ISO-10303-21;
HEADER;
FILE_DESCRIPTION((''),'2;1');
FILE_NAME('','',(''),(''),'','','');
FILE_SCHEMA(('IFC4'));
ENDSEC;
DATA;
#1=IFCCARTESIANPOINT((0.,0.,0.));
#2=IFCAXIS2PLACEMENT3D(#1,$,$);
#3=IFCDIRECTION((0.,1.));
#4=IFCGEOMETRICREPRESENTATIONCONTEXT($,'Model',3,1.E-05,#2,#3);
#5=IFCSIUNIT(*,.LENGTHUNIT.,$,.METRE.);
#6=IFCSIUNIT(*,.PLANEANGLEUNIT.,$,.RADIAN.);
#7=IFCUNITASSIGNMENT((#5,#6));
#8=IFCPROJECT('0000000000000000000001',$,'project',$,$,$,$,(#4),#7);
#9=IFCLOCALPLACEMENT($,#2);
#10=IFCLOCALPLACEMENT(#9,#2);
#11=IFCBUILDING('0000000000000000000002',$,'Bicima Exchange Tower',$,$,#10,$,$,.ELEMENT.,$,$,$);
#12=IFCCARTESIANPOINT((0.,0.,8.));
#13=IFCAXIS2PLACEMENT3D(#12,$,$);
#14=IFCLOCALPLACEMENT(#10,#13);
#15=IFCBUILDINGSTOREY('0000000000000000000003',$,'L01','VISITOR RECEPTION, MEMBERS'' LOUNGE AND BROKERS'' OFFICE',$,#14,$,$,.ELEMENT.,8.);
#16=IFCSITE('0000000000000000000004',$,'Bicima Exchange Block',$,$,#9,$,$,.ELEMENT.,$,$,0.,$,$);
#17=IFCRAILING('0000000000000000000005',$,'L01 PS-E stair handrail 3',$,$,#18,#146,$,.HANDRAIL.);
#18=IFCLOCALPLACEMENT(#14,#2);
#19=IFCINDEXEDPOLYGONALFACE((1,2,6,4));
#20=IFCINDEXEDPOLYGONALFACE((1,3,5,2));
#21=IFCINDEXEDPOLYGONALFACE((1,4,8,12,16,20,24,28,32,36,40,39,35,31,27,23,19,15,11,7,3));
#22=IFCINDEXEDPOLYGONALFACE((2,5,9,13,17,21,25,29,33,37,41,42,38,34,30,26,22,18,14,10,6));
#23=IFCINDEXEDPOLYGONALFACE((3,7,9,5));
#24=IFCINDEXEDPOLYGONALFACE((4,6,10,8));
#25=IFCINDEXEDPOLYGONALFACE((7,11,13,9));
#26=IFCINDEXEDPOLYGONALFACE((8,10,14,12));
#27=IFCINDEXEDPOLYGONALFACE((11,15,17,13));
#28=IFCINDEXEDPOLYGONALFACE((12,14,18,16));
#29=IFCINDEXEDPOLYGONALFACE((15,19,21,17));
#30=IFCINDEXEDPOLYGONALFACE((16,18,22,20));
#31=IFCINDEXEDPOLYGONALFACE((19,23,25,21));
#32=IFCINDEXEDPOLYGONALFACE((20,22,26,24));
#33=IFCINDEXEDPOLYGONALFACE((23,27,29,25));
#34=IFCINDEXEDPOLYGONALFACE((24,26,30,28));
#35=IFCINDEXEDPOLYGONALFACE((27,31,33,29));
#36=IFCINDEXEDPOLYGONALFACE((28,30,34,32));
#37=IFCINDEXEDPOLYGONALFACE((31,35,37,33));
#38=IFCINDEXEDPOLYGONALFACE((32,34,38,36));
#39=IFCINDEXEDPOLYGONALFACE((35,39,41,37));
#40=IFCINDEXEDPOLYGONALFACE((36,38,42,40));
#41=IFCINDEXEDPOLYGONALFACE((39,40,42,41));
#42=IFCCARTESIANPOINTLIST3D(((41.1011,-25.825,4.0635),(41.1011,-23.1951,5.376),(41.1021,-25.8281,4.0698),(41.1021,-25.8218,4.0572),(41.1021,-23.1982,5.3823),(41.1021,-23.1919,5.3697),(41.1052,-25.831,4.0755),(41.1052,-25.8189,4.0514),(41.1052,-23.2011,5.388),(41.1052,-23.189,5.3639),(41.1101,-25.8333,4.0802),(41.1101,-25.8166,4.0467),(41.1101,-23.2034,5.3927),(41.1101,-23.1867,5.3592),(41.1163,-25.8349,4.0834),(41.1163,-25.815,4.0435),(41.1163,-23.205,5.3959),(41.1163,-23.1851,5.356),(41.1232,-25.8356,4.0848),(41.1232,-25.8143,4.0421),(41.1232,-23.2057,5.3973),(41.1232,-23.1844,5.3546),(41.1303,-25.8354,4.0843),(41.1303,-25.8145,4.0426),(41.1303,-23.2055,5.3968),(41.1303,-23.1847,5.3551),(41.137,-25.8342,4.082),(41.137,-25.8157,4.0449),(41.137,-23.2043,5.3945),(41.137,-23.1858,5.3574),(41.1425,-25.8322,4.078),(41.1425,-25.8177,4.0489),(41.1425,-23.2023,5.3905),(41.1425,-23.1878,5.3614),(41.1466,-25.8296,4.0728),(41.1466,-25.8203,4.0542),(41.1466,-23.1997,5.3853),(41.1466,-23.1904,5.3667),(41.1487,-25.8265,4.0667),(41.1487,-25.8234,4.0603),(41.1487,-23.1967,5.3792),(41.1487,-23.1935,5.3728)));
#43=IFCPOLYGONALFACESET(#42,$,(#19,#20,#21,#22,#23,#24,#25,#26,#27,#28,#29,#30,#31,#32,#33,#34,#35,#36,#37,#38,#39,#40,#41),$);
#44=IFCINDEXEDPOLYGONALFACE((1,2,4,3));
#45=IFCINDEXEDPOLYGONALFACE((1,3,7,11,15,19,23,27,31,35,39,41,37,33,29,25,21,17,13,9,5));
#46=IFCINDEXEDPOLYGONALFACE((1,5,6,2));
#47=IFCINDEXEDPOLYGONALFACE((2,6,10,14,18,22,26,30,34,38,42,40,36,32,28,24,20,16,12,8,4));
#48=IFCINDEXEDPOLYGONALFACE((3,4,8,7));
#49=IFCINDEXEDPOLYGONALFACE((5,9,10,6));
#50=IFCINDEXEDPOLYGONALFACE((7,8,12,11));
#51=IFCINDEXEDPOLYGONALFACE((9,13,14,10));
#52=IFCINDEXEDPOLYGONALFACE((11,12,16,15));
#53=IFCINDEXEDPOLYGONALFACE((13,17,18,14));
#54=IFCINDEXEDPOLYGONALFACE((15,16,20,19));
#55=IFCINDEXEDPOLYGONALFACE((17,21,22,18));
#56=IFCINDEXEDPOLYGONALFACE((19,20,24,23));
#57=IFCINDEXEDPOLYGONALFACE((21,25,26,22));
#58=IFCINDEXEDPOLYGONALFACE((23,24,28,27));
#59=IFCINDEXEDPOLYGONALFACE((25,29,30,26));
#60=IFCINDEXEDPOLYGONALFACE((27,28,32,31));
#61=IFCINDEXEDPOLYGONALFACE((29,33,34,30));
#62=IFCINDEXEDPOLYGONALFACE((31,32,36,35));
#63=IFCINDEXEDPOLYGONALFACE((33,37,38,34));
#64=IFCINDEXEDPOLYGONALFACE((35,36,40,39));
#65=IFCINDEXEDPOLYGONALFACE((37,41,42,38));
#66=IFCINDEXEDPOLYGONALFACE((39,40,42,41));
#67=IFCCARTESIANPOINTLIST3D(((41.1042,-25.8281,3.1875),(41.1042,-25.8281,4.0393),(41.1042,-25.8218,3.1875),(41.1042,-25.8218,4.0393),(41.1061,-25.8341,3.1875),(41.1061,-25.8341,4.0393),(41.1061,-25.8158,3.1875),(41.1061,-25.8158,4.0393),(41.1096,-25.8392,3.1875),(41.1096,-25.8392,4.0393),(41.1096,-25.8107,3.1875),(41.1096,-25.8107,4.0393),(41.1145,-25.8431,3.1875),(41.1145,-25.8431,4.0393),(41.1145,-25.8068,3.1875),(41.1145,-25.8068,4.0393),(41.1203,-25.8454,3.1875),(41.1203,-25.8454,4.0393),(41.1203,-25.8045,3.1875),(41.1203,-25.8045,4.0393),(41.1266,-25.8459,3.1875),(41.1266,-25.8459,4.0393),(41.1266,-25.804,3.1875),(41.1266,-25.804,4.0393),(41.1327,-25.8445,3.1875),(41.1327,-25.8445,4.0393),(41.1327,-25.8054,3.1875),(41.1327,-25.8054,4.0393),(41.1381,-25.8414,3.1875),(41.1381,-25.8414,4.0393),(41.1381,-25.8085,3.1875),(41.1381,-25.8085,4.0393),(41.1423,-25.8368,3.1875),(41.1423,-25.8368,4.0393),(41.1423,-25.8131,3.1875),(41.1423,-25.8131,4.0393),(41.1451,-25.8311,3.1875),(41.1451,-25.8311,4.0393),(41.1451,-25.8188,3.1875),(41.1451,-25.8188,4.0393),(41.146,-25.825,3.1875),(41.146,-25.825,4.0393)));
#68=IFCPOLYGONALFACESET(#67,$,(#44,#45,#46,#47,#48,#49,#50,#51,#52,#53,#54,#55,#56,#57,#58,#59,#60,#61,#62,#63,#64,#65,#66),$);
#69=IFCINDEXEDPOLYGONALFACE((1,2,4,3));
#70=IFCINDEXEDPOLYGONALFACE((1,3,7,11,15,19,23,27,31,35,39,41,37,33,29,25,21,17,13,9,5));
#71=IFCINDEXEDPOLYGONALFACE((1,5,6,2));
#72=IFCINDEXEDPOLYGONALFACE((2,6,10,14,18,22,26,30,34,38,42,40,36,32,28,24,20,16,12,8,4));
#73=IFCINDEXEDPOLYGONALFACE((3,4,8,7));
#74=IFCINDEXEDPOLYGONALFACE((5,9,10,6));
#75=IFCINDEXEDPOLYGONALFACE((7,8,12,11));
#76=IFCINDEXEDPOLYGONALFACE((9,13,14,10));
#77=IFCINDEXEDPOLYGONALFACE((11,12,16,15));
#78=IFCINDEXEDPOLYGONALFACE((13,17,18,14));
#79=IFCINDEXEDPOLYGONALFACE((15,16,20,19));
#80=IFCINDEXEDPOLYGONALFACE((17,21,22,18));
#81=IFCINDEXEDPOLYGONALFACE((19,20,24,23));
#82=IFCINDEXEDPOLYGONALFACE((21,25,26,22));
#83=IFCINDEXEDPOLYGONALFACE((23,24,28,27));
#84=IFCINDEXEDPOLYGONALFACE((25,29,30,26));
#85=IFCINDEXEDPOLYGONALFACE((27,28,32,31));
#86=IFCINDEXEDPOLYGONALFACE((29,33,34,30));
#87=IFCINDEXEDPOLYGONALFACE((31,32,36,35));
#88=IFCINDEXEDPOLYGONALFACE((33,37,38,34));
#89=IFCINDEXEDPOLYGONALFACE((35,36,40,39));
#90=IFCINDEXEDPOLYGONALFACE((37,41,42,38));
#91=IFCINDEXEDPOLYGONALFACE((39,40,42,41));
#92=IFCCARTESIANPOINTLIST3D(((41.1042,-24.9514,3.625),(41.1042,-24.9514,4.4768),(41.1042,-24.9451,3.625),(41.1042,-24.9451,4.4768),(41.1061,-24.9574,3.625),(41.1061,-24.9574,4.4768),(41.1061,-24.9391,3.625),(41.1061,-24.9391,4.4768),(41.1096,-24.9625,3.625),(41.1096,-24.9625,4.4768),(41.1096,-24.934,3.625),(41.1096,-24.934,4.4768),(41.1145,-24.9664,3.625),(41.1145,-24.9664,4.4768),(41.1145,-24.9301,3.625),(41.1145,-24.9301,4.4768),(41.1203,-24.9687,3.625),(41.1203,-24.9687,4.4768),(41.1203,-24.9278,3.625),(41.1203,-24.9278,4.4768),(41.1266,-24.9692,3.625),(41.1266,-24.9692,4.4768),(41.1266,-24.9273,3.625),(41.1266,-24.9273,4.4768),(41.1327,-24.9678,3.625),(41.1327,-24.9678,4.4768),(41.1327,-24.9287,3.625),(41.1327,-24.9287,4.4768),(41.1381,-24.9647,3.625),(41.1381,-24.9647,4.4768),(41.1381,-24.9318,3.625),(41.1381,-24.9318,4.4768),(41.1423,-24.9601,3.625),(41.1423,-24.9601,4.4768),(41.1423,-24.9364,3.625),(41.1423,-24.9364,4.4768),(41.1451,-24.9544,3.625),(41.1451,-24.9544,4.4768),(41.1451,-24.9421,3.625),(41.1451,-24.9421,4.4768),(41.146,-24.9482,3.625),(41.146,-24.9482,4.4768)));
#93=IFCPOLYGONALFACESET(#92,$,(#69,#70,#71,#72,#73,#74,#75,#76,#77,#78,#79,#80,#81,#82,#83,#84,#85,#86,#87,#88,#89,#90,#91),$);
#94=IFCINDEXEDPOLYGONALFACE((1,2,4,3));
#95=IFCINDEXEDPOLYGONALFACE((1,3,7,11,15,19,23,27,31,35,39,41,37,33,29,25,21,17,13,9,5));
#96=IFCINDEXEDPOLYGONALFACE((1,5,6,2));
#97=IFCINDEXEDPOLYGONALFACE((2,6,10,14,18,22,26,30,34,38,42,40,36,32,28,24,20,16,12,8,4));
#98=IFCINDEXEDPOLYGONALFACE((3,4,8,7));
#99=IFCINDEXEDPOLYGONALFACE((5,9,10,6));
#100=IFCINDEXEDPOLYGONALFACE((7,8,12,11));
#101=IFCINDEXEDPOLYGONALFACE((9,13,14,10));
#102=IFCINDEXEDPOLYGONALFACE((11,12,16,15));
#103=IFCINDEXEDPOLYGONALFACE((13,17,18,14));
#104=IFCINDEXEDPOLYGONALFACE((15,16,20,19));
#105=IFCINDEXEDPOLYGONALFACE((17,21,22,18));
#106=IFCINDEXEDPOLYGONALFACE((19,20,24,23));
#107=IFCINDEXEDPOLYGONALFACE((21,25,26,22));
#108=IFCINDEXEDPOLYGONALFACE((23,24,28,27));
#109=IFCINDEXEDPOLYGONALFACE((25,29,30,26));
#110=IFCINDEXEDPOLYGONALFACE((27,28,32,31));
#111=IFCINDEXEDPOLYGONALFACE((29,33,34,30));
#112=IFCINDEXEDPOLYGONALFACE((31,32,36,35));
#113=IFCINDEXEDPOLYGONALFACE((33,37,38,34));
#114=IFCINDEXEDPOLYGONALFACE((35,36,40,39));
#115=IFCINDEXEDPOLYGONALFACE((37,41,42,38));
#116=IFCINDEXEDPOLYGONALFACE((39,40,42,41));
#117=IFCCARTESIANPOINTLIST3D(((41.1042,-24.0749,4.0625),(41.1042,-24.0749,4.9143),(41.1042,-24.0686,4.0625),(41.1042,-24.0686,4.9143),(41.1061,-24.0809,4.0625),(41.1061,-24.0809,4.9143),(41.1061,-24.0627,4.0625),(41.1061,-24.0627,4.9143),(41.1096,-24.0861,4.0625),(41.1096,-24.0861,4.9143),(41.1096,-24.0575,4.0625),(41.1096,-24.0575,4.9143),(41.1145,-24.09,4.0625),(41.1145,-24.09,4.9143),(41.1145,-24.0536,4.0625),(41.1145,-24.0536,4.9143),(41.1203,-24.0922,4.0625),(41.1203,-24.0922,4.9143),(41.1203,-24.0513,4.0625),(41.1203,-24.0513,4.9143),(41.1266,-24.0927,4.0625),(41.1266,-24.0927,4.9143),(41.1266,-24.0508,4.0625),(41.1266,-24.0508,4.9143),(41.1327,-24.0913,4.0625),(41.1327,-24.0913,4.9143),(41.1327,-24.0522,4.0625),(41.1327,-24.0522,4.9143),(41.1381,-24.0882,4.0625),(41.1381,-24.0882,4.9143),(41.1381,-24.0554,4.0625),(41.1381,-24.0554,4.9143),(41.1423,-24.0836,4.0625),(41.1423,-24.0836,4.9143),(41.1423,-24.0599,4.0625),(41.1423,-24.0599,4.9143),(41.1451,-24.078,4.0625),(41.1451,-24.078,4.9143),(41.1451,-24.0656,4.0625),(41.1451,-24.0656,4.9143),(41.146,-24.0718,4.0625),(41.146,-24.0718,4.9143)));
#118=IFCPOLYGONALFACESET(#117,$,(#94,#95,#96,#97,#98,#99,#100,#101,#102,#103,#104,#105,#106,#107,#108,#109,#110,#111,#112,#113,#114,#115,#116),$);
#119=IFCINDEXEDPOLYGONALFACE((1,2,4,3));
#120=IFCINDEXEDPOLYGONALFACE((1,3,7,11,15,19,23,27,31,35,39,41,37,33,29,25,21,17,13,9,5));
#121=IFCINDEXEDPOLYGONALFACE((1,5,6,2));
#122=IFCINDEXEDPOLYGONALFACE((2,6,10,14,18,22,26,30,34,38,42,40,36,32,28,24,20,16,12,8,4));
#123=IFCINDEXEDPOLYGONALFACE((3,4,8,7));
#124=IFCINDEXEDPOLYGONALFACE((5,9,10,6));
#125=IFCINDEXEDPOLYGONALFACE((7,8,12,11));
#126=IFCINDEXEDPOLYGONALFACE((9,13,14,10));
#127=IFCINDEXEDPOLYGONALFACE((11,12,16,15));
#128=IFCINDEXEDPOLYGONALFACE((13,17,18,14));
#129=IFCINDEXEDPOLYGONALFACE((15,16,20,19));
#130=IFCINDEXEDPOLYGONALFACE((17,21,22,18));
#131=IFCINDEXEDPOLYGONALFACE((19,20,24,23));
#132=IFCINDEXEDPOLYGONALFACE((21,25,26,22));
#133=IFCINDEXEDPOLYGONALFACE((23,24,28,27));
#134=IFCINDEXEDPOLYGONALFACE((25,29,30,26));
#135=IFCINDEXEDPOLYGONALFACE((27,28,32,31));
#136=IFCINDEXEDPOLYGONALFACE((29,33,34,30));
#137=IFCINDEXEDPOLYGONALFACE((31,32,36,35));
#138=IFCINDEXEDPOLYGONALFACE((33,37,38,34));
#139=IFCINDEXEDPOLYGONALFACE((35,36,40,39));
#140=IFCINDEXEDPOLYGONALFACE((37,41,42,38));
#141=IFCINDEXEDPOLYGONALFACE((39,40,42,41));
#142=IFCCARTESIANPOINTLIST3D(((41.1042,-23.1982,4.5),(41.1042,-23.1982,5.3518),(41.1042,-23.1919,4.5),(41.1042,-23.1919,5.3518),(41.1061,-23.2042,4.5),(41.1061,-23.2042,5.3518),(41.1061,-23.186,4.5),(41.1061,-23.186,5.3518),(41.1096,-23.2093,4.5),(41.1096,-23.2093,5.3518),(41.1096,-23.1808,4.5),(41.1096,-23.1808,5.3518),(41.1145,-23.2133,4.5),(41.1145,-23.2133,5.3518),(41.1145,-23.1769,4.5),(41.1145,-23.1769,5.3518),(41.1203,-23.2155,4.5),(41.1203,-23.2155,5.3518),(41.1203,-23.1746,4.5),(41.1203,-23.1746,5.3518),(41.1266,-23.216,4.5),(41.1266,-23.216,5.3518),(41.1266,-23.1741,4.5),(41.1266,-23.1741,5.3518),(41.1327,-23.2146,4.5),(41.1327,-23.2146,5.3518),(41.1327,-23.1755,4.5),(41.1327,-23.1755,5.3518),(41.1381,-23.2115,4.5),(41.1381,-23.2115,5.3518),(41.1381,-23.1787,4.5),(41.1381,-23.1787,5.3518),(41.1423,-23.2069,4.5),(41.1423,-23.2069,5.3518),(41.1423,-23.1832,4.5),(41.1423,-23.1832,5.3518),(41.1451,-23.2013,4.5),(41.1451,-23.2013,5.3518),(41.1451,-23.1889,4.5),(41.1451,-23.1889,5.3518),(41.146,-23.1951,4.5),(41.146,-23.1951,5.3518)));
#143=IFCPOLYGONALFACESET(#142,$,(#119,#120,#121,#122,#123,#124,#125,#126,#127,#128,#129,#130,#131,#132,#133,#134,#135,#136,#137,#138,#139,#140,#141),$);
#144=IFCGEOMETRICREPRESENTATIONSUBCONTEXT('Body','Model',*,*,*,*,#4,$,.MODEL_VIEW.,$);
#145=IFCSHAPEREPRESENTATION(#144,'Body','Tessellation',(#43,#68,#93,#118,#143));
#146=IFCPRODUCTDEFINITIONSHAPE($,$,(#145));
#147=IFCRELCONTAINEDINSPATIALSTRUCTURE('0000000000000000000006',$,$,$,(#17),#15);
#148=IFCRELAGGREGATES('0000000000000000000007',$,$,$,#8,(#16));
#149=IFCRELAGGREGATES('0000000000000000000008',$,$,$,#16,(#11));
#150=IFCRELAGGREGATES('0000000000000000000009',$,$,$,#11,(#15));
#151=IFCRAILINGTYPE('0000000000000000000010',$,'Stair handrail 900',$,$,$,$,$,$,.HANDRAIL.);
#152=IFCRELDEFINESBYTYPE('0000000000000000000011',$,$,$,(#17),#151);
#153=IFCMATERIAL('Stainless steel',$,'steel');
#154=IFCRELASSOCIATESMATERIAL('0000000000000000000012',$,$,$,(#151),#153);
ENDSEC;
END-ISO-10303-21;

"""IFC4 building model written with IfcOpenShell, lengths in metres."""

from ifc_helpers import new_model, si_unit, direction, frame, origin, origin_2d, place, context, subcontext, project, spatial, circle, extrude, material, type_object, element, save


model = new_model("IFC4")

# Units and contexts
model_context = context("Model", 3, precision=1e-05, world=origin(), true_north=direction((0.0, 1.0)))
body_context = subcontext(model_context, "Body", "Model", "MODEL_VIEW")
ifc_project = project(units=[si_unit("LENGTHUNIT", "METRE"), si_unit("PLANEANGLEUNIT", "RADIAN")], contexts=[model_context])

# Site, building, storey
site_placement = place(None, origin())
site = spatial("IfcSite", under=ifc_project, at=site_placement, Name="Bicima Exchange Block", CompositionType="ELEMENT", RefElevation=0.0)
building_placement = place(site_placement, origin())
building = spatial("IfcBuilding", under=site, at=building_placement, Name="Bicima Exchange Tower", CompositionType="ELEMENT")
storey_placement = place(building_placement, frame((0.0, 0.0, 8.0)))
storey = spatial("IfcBuildingStorey", under=building, at=storey_placement, Name="L01", Description="VISITOR RECEPTION, MEMBERS' LOUNGE AND BROKERS' OFFICE", CompositionType="ELEMENT", Elevation=8.0)

# Railing
ifc_material_1 = material(Name="Stainless steel", Category="steel")
railing_type_1 = type_object("IfcRailingType", Name="Stair handrail 900", PredefinedType="HANDRAIL", material=ifc_material_1)
railing_1_placement = place(storey_placement, frame((41.125, -25.825, 3.1875)))
element("IfcRailing", 1, at=railing_1_placement, inside=storey, type_object=railing_type_1, Name="L01 PS-E stair handrail 3", PredefinedType="HANDRAIL", context=body_context, shape_type="SweptSolid", body=[
    extrude(circle(Radius=0.0239, at=origin_2d()), frame((0.0, 0.0, 0.876), z_axis=(0.0, 0.894759, 0.446549), x_axis=(-1.0, 0.0, 0.0)), (0.0, 0.0, 1.0), 2.9392),
    extrude(circle(Radius=0.021, at=origin_2d()), origin(), (0.0, 0.0, 1.0), 0.8518),
    extrude(circle(Radius=0.021, at=origin_2d()), frame((0.0, 0.8767, 0.4375)), (0.0, 0.0, 1.0), 0.8518),
    extrude(circle(Radius=0.021, at=origin_2d()), frame((0.0, 1.7532, 0.875)), (0.0, 0.0, 1.0), 0.8518),
    extrude(circle(Radius=0.021, at=origin_2d()), frame((0.0, 2.6299, 1.3125)), (0.0, 0.0, 1.0), 0.8518),
])

save(model, "model.ifc")
